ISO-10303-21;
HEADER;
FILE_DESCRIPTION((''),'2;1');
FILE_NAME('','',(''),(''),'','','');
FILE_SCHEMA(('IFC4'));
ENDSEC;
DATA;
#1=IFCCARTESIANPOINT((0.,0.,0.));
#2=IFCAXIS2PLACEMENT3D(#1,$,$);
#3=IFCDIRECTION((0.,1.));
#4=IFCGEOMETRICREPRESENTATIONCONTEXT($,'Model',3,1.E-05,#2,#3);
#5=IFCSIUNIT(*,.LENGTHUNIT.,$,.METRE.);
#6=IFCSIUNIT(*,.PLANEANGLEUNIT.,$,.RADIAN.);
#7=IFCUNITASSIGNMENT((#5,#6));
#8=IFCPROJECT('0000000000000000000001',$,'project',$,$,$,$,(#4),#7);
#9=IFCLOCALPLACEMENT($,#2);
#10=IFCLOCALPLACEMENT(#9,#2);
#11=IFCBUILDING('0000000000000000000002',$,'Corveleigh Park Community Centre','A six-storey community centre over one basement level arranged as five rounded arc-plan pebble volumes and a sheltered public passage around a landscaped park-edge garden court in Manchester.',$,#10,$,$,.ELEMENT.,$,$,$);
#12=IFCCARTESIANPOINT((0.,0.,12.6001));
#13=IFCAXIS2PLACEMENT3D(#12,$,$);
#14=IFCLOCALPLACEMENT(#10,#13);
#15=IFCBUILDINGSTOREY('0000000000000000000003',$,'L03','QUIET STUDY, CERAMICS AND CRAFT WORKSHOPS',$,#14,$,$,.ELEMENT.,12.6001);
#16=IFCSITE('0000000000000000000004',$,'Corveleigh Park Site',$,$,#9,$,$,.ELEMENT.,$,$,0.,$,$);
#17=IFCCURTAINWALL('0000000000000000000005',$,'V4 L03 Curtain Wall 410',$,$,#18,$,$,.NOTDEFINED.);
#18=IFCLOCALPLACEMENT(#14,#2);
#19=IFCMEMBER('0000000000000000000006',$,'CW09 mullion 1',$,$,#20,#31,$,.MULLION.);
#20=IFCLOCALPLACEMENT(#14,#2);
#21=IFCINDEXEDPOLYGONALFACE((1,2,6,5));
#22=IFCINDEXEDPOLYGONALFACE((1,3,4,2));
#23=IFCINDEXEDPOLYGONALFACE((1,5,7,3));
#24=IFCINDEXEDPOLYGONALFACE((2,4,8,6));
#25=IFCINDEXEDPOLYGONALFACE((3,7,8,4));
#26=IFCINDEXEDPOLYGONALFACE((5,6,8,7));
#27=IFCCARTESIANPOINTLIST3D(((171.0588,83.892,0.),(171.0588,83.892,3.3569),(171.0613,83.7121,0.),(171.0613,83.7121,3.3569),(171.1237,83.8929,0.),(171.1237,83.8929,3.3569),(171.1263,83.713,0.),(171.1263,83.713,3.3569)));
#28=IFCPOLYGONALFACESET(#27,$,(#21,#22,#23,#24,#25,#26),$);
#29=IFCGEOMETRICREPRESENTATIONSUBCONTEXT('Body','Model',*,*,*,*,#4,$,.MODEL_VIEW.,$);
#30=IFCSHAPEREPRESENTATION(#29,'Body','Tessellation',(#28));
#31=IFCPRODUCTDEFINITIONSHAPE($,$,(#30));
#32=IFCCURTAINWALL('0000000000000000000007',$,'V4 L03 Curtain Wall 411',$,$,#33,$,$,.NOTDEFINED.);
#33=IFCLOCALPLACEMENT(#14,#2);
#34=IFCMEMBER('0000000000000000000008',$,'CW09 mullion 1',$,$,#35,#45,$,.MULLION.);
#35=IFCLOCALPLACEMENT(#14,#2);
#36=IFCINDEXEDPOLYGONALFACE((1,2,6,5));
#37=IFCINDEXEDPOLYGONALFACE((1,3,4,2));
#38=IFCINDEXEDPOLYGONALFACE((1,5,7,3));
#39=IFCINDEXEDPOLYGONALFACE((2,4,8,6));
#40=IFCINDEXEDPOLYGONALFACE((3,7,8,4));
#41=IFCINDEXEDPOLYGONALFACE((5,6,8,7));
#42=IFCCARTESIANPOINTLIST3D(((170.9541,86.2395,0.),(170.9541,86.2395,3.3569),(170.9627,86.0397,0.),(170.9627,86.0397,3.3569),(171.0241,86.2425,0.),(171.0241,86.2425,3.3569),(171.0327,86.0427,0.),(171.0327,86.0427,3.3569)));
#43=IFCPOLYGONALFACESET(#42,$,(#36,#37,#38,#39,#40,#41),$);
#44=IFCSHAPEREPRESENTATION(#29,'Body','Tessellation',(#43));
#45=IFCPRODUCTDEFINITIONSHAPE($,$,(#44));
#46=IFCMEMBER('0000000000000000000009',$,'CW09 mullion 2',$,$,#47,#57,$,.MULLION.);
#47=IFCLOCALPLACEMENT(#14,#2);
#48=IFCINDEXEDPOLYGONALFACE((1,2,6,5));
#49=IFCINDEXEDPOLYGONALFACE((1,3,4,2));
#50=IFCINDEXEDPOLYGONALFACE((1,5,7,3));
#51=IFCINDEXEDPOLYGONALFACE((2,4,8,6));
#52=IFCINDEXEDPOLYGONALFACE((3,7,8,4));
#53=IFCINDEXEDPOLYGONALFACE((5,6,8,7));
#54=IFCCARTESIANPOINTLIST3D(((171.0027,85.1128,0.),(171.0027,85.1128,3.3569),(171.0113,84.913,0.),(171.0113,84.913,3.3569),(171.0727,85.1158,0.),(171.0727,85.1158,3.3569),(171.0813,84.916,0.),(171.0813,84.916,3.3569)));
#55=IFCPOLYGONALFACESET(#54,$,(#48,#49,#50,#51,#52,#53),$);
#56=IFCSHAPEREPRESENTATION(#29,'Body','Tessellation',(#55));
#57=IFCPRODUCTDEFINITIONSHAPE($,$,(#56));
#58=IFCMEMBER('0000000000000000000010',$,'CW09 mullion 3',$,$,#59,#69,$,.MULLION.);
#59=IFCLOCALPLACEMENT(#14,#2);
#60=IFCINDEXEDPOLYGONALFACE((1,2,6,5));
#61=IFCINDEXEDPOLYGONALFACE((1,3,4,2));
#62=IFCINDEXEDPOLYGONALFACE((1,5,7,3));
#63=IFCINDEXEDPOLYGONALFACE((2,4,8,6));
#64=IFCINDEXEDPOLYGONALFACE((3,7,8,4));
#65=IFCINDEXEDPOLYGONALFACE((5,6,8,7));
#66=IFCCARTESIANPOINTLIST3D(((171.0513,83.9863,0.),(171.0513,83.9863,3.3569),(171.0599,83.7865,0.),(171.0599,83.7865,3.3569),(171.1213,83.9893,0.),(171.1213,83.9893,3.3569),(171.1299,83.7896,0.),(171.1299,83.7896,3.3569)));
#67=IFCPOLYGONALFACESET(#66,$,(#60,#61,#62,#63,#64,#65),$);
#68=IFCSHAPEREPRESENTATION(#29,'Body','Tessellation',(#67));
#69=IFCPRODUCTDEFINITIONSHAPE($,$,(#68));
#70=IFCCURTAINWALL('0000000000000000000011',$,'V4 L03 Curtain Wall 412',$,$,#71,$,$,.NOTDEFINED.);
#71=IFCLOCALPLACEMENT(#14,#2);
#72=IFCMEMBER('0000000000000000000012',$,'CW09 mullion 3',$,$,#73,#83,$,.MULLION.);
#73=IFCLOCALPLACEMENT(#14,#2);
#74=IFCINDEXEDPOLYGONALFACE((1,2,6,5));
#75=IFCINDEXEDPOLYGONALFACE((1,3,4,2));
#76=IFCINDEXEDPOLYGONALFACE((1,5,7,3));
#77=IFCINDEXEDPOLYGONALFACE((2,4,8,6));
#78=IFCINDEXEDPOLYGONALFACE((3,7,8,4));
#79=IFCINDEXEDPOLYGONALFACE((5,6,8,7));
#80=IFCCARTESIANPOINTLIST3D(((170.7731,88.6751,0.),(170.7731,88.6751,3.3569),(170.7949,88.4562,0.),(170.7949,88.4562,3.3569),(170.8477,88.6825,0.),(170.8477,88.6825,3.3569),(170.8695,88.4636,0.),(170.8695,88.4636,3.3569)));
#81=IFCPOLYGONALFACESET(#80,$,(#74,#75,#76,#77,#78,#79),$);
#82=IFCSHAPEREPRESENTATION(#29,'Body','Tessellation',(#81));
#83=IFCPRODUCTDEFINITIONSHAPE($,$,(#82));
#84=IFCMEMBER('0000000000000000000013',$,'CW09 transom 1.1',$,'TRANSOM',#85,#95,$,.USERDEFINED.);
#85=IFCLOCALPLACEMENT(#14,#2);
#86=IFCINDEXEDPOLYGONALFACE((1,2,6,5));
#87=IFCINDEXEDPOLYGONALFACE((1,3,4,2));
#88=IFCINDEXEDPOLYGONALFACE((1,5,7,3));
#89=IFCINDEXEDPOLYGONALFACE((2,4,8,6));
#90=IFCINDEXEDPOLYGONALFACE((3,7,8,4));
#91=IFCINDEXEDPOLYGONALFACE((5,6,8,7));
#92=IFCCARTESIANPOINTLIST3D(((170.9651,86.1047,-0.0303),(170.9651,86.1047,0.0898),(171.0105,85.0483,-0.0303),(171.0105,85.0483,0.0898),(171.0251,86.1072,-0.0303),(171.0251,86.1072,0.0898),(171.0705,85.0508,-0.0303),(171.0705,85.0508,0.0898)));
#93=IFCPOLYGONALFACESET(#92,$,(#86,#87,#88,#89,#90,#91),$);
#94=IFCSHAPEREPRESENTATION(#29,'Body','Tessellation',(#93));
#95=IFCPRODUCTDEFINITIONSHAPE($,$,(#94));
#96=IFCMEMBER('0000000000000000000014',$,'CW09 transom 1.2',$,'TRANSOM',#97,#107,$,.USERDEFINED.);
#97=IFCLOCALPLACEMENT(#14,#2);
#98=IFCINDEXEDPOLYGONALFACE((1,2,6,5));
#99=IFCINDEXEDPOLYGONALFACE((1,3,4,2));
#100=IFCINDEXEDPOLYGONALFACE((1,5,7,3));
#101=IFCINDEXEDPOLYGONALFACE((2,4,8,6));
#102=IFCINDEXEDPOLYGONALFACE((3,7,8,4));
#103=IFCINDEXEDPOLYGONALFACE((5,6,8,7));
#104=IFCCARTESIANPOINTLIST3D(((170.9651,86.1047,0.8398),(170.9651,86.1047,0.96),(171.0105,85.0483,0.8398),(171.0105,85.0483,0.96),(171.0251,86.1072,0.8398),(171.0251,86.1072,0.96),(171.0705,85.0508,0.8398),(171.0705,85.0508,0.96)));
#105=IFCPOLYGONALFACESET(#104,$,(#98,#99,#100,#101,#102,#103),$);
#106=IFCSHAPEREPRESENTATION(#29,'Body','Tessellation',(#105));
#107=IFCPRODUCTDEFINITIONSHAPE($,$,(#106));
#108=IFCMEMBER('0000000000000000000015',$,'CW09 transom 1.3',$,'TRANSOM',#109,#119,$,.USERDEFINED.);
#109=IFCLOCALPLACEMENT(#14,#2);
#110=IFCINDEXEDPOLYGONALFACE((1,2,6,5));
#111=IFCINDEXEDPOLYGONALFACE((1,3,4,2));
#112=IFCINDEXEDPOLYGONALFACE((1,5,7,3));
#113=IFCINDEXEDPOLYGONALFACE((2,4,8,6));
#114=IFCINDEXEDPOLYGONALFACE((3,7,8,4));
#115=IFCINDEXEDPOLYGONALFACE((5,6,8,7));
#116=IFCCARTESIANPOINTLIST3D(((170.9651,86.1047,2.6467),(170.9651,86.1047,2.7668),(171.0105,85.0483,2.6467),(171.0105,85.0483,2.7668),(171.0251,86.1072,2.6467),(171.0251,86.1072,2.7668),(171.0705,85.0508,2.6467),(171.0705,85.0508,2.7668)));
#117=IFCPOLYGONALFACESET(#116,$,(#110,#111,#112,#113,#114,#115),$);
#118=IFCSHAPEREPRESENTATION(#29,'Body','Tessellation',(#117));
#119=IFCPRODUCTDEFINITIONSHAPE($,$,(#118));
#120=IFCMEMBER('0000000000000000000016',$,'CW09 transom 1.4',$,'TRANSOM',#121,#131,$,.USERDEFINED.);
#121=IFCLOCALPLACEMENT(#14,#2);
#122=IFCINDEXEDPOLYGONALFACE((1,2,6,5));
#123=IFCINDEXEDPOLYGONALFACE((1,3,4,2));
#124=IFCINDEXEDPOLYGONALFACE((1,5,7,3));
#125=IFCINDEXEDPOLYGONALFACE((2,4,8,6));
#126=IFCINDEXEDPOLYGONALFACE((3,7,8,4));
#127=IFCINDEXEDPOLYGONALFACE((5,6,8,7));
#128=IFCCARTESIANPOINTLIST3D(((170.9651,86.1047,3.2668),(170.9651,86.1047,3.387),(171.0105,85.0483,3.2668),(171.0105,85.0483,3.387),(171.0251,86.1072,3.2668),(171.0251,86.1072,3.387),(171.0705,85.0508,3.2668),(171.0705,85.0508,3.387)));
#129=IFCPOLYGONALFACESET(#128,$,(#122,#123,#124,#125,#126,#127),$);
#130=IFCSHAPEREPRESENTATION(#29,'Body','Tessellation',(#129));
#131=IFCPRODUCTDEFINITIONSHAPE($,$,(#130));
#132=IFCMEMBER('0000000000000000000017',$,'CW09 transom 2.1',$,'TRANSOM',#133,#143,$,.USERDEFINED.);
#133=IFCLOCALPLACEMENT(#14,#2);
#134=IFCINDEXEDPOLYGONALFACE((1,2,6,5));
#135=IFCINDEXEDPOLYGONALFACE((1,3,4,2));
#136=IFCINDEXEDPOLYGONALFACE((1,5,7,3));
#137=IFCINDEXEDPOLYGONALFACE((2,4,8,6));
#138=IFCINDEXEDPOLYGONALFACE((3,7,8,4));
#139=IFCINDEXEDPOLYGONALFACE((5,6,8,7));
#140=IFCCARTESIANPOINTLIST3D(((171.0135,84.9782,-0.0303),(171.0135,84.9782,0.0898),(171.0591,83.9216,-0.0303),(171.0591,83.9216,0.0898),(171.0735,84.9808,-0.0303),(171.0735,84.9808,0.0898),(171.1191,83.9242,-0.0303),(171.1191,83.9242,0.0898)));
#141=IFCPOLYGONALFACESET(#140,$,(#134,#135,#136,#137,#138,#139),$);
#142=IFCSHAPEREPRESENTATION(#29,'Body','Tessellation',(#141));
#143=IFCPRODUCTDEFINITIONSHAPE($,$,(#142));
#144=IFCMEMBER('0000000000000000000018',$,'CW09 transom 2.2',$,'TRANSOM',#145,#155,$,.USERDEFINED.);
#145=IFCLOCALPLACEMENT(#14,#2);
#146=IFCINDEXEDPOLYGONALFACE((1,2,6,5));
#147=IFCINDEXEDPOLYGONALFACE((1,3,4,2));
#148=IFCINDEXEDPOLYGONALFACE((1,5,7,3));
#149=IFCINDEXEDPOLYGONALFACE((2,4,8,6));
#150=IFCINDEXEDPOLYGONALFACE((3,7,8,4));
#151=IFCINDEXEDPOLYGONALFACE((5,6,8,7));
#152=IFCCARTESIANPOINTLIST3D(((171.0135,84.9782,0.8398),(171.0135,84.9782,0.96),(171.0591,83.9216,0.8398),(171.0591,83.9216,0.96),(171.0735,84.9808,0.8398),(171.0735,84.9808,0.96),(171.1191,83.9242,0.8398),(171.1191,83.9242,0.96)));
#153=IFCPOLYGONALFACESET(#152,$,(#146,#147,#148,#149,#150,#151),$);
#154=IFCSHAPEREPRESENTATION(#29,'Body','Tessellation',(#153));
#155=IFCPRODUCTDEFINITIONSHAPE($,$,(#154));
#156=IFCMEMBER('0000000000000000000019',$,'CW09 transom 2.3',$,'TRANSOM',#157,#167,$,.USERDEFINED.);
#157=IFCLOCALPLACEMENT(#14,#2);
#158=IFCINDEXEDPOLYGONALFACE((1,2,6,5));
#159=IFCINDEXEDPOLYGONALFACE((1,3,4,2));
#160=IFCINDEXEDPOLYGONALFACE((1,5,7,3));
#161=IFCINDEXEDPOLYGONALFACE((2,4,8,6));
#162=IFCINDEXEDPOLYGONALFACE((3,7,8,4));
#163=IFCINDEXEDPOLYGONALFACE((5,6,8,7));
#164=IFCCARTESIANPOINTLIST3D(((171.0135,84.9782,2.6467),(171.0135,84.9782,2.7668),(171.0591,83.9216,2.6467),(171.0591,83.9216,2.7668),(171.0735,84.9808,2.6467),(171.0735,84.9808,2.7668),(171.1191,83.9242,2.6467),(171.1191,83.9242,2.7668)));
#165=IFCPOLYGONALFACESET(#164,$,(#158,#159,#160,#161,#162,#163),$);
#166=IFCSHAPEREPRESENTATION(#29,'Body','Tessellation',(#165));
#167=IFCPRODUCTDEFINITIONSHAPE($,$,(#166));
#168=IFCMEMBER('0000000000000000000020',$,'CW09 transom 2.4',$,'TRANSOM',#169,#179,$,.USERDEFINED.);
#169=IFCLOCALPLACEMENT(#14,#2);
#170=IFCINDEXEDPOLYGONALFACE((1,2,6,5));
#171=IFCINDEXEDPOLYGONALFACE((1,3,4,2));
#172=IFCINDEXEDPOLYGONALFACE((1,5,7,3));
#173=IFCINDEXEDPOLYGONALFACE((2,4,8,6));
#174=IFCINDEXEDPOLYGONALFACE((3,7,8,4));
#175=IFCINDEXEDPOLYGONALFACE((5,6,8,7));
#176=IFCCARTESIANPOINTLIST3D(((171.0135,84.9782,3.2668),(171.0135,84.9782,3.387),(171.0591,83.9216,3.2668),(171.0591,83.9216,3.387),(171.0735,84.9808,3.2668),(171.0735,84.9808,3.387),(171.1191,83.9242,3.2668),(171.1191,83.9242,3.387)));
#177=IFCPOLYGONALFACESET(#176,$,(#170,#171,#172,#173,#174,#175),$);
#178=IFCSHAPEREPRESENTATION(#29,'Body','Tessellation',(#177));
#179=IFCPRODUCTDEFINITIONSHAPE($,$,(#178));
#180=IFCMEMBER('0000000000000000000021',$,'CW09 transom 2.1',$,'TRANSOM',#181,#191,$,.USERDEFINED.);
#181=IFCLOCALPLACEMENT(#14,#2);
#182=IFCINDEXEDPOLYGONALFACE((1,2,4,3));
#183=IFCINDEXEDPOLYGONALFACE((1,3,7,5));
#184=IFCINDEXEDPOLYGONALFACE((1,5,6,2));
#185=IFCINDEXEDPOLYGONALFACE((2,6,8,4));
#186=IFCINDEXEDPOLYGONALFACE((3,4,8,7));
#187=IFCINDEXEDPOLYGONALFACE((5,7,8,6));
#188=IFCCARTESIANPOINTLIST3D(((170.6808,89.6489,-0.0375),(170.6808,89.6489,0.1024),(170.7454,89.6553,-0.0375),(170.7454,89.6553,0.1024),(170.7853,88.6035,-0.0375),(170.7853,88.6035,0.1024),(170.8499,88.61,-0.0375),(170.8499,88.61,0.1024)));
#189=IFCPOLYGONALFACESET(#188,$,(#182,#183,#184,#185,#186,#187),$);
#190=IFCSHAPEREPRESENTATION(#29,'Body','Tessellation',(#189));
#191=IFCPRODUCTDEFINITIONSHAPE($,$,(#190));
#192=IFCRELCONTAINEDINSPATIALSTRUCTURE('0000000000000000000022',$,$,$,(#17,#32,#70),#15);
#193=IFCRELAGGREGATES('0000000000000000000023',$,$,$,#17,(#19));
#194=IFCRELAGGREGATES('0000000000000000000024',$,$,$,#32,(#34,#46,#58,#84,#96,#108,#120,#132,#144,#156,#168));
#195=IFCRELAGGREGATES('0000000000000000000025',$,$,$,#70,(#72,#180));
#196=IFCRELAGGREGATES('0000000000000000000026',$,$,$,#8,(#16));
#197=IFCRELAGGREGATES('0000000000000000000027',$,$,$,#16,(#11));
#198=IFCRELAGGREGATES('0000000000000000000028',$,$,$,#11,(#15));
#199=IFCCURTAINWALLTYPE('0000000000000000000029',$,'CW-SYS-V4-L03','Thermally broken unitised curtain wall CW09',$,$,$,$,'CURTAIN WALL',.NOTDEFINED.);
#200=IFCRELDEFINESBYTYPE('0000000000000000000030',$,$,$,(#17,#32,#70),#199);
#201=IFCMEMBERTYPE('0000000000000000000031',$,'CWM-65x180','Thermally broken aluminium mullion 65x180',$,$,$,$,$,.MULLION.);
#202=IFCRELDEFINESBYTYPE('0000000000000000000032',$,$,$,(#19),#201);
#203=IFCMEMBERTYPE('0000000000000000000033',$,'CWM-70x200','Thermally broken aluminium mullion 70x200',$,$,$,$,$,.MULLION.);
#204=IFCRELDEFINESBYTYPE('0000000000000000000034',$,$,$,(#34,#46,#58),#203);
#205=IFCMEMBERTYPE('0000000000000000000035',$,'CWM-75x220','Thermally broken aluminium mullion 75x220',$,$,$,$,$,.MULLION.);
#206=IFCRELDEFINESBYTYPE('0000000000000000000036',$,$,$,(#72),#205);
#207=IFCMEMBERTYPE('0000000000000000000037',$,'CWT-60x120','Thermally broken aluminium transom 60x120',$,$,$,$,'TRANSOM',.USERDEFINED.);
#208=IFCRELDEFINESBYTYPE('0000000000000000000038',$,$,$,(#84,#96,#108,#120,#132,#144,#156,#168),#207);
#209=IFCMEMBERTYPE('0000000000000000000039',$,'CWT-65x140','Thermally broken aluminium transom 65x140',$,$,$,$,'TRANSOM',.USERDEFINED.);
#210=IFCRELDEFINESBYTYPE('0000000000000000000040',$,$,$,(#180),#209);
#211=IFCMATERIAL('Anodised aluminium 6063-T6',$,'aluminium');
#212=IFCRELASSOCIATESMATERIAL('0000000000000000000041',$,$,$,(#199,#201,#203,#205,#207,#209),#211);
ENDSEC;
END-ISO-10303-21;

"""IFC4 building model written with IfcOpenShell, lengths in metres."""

from ifc_helpers import new_model, si_unit, direction, frame, origin, origin_2d, place, context, subcontext, project, spatial, rectangle, extrude, material, material_profile, profile_set, type_object, element, aggregate, save


model = new_model("IFC4")

# Units and contexts
model_context = context("Model", 3, precision=1e-05, world=origin(), true_north=direction((0.0, 1.0)))
body_context = subcontext(model_context, "Body", "Model", "MODEL_VIEW")
ifc_project = project(units=[si_unit("LENGTHUNIT", "METRE"), si_unit("PLANEANGLEUNIT", "RADIAN")], contexts=[model_context])

# Site, building, storey
site_placement = place(None, origin())
site = spatial("IfcSite", under=ifc_project, at=site_placement, Name="Corveleigh Park Site", CompositionType="ELEMENT", RefElevation=0.0)
building_placement = place(site_placement, origin())
building = spatial("IfcBuilding", under=site, at=building_placement, Name="Corveleigh Park Community Centre", Description="A six-storey community centre over one basement level arranged as five rounded arc-plan pebble volumes and a sheltered public passage around a landscaped park-edge garden court in Manchester.", CompositionType="ELEMENT")
storey_placement = place(building_placement, frame((0.0, 0.0, 12.6001)))
storey = spatial("IfcBuildingStorey", under=building, at=storey_placement, Name="L03", Description="QUIET STUDY, CERAMICS AND CRAFT WORKSHOPS", CompositionType="ELEMENT", Elevation=12.6001)

# Curtain wall, member
ifc_material_1 = material(Name="Anodised aluminium 6063-T6", Category="aluminium")
curtain_wall_type = type_object("IfcCurtainWallType", Name="CW-SYS-V4-L03", Description="Thermally broken unitised curtain wall CW09", ElementType="CURTAIN WALL", PredefinedType="NOTDEFINED", material=ifc_material_1)
curtain_wall_1_placement = place(storey_placement, origin())
curtain_wall_1 = element("IfcCurtainWall", 1, at=curtain_wall_1_placement, inside=storey, type_object=curtain_wall_type, Name="V4 L03 Curtain Wall 410", PredefinedType="NOTDEFINED")
ifc_material_profile_1 = material_profile(ifc_material_1, rectangle(XDim=0.0649, YDim=0.1799, at=origin_2d()), Name="ALU-M65x180", Category="aluminium")
ifc_profile_set_1 = profile_set([ifc_material_profile_1], Name="Anodised aluminium 6063-T6")
member_type_1 = type_object("IfcMemberType", Name="CWM-65x180", Description="Thermally broken aluminium mullion 65x180", PredefinedType="MULLION", material=ifc_profile_set_1)
member_1_placement = place(storey_placement, frame((171.0925, 83.8025, 0.0), z_axis=(0.0, 0.0, 1.0), x_axis=(0.999899, 0.014186, 0.0)))
member_1 = element("IfcMember", 2, at=member_1_placement, type_object=member_type_1, Name="CW09 mullion 1", PredefinedType="MULLION", context=body_context, shape_type="SweptSolid", body=[
    extrude(rectangle(XDim=0.0649, YDim=0.1799, at=origin_2d()), origin(), (0.0, 0.0, 1.0), 3.3569),
])

# Curtain wall, members
curtain_wall_2_placement = place(storey_placement, origin())
curtain_wall_2 = element("IfcCurtainWall", 3, at=curtain_wall_2_placement, inside=storey, type_object=curtain_wall_type, Name="V4 L03 Curtain Wall 411", PredefinedType="NOTDEFINED")
ifc_material_profile_2 = material_profile(ifc_material_1, rectangle(XDim=0.0701, YDim=0.2, at=origin_2d()), Name="ALU-M70x200", Category="aluminium")
ifc_profile_set_2 = profile_set([ifc_material_profile_2], Name="Anodised aluminium 6063-T6")
member_type_2 = type_object("IfcMemberType", Name="CWM-70x200", Description="Thermally broken aluminium mullion 70x200", PredefinedType="MULLION", material=ifc_profile_set_2)
member_2_placement = place(storey_placement, frame((170.9934, 86.1411, 0.0), z_axis=(0.0, 0.0, 1.0), x_axis=(0.999075, 0.043008, 0.0)))
member_2 = element("IfcMember", 4, at=member_2_placement, type_object=member_type_2, Name="CW09 mullion 1", PredefinedType="MULLION", context=body_context, shape_type="SweptSolid", body=[
    extrude(rectangle(XDim=0.0701, YDim=0.2, at=origin_2d()), origin(), (0.0, 0.0, 1.0), 3.3569),
])
member_3_placement = place(storey_placement, frame((171.042, 85.0144, 0.0), z_axis=(0.0, 0.0, 1.0), x_axis=(0.999075, 0.043008, 0.0)))
member_3 = element("IfcMember", 5, at=member_3_placement, type_object=member_type_2, Name="CW09 mullion 2", PredefinedType="MULLION", context=body_context, shape_type="SweptSolid", body=[
    extrude(rectangle(XDim=0.0701, YDim=0.2, at=origin_2d()), origin(), (0.0, 0.0, 1.0), 3.3569),
])
member_4_placement = place(storey_placement, frame((171.0906, 83.8879, 0.0), z_axis=(0.0, 0.0, 1.0), x_axis=(0.999075, 0.043008, 0.0)))
member_4 = element("IfcMember", 6, at=member_4_placement, type_object=member_type_2, Name="CW09 mullion 3", PredefinedType="MULLION", context=body_context, shape_type="SweptSolid", body=[
    extrude(rectangle(XDim=0.0701, YDim=0.2, at=origin_2d()), origin(), (0.0, 0.0, 1.0), 3.3569),
])

# Curtain wall, member
curtain_wall_3_placement = place(storey_placement, origin())
curtain_wall_3 = element("IfcCurtainWall", 7, at=curtain_wall_3_placement, inside=storey, type_object=curtain_wall_type, Name="V4 L03 Curtain Wall 412", PredefinedType="NOTDEFINED")
ifc_material_profile_3 = material_profile(ifc_material_1, rectangle(XDim=0.075, YDim=0.22, at=origin_2d()), Name="ALU-M75x220", Category="aluminium")
ifc_profile_set_3 = profile_set([ifc_material_profile_3], Name="Anodised aluminium 6063-T6")
member_type_3 = type_object("IfcMemberType", Name="CWM-75x220", Description="Thermally broken aluminium mullion 75x220", PredefinedType="MULLION", material=ifc_profile_set_3)
member_5_placement = place(storey_placement, frame((170.8213, 88.5693, 0.0), z_axis=(0.0, 0.0, 1.0), x_axis=(0.995058, 0.099291, 0.0)))
member_5 = element("IfcMember", 8, at=member_5_placement, type_object=member_type_3, Name="CW09 mullion 3", PredefinedType="MULLION", context=body_context, shape_type="SweptSolid", body=[
    extrude(rectangle(XDim=0.075, YDim=0.22, at=origin_2d()), origin(), (0.0, 0.0, 1.0), 3.3569),
])

# Members
ifc_material_profile_4 = material_profile(ifc_material_1, rectangle(XDim=0.0601, YDim=0.1201, at=origin_2d()), Name="ALU-T60x120", Category="aluminium")
ifc_profile_set_4 = profile_set([ifc_material_profile_4], Name="Anodised aluminium 6063-T6")
member_type_4 = type_object("IfcMemberType", Name="CWT-60x120", Description="Thermally broken aluminium transom 60x120", ElementType="TRANSOM", PredefinedType="USERDEFINED", material=ifc_profile_set_4)
member_6_placement = place(storey_placement, frame((170.9951, 86.106, 0.0298), z_axis=(0.042946, -0.999077, 0.0), x_axis=(0.999077, 0.042946, 0.0)))
member_6 = element("IfcMember", 9, at=member_6_placement, type_object=member_type_4, Name="CW09 transom 1.1", ObjectType="TRANSOM", PredefinedType="USERDEFINED", context=body_context, shape_type="SweptSolid", body=[
    extrude(rectangle(XDim=0.0601, YDim=0.1201, at=origin_2d()), origin(), (0.0, 0.0, 1.0), 1.0574),
])
member_7_placement = place(storey_placement, frame((170.9951, 86.106, 0.8999), z_axis=(0.042946, -0.999077, 0.0), x_axis=(0.999077, 0.042946, 0.0)))
member_7 = element("IfcMember", 10, at=member_7_placement, type_object=member_type_4, Name="CW09 transom 1.2", ObjectType="TRANSOM", PredefinedType="USERDEFINED", context=body_context, shape_type="SweptSolid", body=[
    extrude(rectangle(XDim=0.0601, YDim=0.1201, at=origin_2d()), origin(), (0.0, 0.0, 1.0), 1.0574),
])
member_8_placement = place(storey_placement, frame((170.9951, 86.106, 2.7068), z_axis=(0.042946, -0.999077, 0.0), x_axis=(0.999077, 0.042946, 0.0)))
member_8 = element("IfcMember", 11, at=member_8_placement, type_object=member_type_4, Name="CW09 transom 1.3", ObjectType="TRANSOM", PredefinedType="USERDEFINED", context=body_context, shape_type="SweptSolid", body=[
    extrude(rectangle(XDim=0.0601, YDim=0.1201, at=origin_2d()), origin(), (0.0, 0.0, 1.0), 1.0574),
])
member_9_placement = place(storey_placement, frame((170.9951, 86.106, 3.3269), z_axis=(0.042946, -0.999077, 0.0), x_axis=(0.999077, 0.042946, 0.0)))
member_9 = element("IfcMember", 12, at=member_9_placement, type_object=member_type_4, Name="CW09 transom 1.4", ObjectType="TRANSOM", PredefinedType="USERDEFINED", context=body_context, shape_type="SweptSolid", body=[
    extrude(rectangle(XDim=0.0601, YDim=0.1201, at=origin_2d()), origin(), (0.0, 0.0, 1.0), 1.0574),
])
member_10_placement = place(storey_placement, frame((171.0435, 84.9795, 0.0298), z_axis=(0.043167, -0.999068, 0.0), x_axis=(0.999068, 0.043167, 0.0)))
member_10 = element("IfcMember", 13, at=member_10_placement, type_object=member_type_4, Name="CW09 transom 2.1", ObjectType="TRANSOM", PredefinedType="USERDEFINED", context=body_context, shape_type="SweptSolid", body=[
    extrude(rectangle(XDim=0.0601, YDim=0.1201, at=origin_2d()), origin(), (0.0, 0.0, 1.0), 1.0576),
])
member_11_placement = place(storey_placement, frame((171.0435, 84.9795, 0.8999), z_axis=(0.043167, -0.999068, 0.0), x_axis=(0.999068, 0.043167, 0.0)))
member_11 = element("IfcMember", 14, at=member_11_placement, type_object=member_type_4, Name="CW09 transom 2.2", ObjectType="TRANSOM", PredefinedType="USERDEFINED", context=body_context, shape_type="SweptSolid", body=[
    extrude(rectangle(XDim=0.0601, YDim=0.1201, at=origin_2d()), origin(), (0.0, 0.0, 1.0), 1.0576),
])
member_12_placement = place(storey_placement, frame((171.0435, 84.9795, 2.7068), z_axis=(0.043167, -0.999068, 0.0), x_axis=(0.999068, 0.043167, 0.0)))
member_12 = element("IfcMember", 15, at=member_12_placement, type_object=member_type_4, Name="CW09 transom 2.3", ObjectType="TRANSOM", PredefinedType="USERDEFINED", context=body_context, shape_type="SweptSolid", body=[
    extrude(rectangle(XDim=0.0601, YDim=0.1201, at=origin_2d()), origin(), (0.0, 0.0, 1.0), 1.0576),
])
member_13_placement = place(storey_placement, frame((171.0435, 84.9795, 3.3269), z_axis=(0.043167, -0.999068, 0.0), x_axis=(0.999068, 0.043167, 0.0)))
member_13 = element("IfcMember", 16, at=member_13_placement, type_object=member_type_4, Name="CW09 transom 2.4", ObjectType="TRANSOM", PredefinedType="USERDEFINED", context=body_context, shape_type="SweptSolid", body=[
    extrude(rectangle(XDim=0.0601, YDim=0.1201, at=origin_2d()), origin(), (0.0, 0.0, 1.0), 1.0576),
])
ifc_material_profile_5 = material_profile(ifc_material_1, rectangle(XDim=0.0649, YDim=0.1399, at=origin_2d()), Name="ALU-T65x140", Category="aluminium")
ifc_profile_set_5 = profile_set([ifc_material_profile_5], Name="Anodised aluminium 6063-T6")
member_type_5 = type_object("IfcMemberType", Name="CWT-65x140", Description="Thermally broken aluminium transom 65x140", ElementType="TRANSOM", PredefinedType="USERDEFINED", material=ifc_profile_set_5)
member_14_placement = place(storey_placement, frame((170.7131, 89.6521, 0.0325), z_axis=(0.099458, -0.995042, 0.0), x_axis=(0.995042, 0.099458, 0.0)))
member_14 = element("IfcMember", 17, at=member_14_placement, type_object=member_type_5, Name="CW09 transom 2.1", ObjectType="TRANSOM", PredefinedType="USERDEFINED", context=body_context, shape_type="SweptSolid", body=[
    extrude(rectangle(XDim=0.0649, YDim=0.1399, at=origin_2d()), origin(), (0.0, 0.0, 1.0), 1.0505),
])
aggregate(curtain_wall_1, [member_1])

aggregate(curtain_wall_2, [member_2, member_3, member_4, member_6, member_7, member_8, member_9, member_10, member_11, member_12, member_13])
aggregate(curtain_wall_3, [member_5, member_14])

save(model, "model.ifc")
